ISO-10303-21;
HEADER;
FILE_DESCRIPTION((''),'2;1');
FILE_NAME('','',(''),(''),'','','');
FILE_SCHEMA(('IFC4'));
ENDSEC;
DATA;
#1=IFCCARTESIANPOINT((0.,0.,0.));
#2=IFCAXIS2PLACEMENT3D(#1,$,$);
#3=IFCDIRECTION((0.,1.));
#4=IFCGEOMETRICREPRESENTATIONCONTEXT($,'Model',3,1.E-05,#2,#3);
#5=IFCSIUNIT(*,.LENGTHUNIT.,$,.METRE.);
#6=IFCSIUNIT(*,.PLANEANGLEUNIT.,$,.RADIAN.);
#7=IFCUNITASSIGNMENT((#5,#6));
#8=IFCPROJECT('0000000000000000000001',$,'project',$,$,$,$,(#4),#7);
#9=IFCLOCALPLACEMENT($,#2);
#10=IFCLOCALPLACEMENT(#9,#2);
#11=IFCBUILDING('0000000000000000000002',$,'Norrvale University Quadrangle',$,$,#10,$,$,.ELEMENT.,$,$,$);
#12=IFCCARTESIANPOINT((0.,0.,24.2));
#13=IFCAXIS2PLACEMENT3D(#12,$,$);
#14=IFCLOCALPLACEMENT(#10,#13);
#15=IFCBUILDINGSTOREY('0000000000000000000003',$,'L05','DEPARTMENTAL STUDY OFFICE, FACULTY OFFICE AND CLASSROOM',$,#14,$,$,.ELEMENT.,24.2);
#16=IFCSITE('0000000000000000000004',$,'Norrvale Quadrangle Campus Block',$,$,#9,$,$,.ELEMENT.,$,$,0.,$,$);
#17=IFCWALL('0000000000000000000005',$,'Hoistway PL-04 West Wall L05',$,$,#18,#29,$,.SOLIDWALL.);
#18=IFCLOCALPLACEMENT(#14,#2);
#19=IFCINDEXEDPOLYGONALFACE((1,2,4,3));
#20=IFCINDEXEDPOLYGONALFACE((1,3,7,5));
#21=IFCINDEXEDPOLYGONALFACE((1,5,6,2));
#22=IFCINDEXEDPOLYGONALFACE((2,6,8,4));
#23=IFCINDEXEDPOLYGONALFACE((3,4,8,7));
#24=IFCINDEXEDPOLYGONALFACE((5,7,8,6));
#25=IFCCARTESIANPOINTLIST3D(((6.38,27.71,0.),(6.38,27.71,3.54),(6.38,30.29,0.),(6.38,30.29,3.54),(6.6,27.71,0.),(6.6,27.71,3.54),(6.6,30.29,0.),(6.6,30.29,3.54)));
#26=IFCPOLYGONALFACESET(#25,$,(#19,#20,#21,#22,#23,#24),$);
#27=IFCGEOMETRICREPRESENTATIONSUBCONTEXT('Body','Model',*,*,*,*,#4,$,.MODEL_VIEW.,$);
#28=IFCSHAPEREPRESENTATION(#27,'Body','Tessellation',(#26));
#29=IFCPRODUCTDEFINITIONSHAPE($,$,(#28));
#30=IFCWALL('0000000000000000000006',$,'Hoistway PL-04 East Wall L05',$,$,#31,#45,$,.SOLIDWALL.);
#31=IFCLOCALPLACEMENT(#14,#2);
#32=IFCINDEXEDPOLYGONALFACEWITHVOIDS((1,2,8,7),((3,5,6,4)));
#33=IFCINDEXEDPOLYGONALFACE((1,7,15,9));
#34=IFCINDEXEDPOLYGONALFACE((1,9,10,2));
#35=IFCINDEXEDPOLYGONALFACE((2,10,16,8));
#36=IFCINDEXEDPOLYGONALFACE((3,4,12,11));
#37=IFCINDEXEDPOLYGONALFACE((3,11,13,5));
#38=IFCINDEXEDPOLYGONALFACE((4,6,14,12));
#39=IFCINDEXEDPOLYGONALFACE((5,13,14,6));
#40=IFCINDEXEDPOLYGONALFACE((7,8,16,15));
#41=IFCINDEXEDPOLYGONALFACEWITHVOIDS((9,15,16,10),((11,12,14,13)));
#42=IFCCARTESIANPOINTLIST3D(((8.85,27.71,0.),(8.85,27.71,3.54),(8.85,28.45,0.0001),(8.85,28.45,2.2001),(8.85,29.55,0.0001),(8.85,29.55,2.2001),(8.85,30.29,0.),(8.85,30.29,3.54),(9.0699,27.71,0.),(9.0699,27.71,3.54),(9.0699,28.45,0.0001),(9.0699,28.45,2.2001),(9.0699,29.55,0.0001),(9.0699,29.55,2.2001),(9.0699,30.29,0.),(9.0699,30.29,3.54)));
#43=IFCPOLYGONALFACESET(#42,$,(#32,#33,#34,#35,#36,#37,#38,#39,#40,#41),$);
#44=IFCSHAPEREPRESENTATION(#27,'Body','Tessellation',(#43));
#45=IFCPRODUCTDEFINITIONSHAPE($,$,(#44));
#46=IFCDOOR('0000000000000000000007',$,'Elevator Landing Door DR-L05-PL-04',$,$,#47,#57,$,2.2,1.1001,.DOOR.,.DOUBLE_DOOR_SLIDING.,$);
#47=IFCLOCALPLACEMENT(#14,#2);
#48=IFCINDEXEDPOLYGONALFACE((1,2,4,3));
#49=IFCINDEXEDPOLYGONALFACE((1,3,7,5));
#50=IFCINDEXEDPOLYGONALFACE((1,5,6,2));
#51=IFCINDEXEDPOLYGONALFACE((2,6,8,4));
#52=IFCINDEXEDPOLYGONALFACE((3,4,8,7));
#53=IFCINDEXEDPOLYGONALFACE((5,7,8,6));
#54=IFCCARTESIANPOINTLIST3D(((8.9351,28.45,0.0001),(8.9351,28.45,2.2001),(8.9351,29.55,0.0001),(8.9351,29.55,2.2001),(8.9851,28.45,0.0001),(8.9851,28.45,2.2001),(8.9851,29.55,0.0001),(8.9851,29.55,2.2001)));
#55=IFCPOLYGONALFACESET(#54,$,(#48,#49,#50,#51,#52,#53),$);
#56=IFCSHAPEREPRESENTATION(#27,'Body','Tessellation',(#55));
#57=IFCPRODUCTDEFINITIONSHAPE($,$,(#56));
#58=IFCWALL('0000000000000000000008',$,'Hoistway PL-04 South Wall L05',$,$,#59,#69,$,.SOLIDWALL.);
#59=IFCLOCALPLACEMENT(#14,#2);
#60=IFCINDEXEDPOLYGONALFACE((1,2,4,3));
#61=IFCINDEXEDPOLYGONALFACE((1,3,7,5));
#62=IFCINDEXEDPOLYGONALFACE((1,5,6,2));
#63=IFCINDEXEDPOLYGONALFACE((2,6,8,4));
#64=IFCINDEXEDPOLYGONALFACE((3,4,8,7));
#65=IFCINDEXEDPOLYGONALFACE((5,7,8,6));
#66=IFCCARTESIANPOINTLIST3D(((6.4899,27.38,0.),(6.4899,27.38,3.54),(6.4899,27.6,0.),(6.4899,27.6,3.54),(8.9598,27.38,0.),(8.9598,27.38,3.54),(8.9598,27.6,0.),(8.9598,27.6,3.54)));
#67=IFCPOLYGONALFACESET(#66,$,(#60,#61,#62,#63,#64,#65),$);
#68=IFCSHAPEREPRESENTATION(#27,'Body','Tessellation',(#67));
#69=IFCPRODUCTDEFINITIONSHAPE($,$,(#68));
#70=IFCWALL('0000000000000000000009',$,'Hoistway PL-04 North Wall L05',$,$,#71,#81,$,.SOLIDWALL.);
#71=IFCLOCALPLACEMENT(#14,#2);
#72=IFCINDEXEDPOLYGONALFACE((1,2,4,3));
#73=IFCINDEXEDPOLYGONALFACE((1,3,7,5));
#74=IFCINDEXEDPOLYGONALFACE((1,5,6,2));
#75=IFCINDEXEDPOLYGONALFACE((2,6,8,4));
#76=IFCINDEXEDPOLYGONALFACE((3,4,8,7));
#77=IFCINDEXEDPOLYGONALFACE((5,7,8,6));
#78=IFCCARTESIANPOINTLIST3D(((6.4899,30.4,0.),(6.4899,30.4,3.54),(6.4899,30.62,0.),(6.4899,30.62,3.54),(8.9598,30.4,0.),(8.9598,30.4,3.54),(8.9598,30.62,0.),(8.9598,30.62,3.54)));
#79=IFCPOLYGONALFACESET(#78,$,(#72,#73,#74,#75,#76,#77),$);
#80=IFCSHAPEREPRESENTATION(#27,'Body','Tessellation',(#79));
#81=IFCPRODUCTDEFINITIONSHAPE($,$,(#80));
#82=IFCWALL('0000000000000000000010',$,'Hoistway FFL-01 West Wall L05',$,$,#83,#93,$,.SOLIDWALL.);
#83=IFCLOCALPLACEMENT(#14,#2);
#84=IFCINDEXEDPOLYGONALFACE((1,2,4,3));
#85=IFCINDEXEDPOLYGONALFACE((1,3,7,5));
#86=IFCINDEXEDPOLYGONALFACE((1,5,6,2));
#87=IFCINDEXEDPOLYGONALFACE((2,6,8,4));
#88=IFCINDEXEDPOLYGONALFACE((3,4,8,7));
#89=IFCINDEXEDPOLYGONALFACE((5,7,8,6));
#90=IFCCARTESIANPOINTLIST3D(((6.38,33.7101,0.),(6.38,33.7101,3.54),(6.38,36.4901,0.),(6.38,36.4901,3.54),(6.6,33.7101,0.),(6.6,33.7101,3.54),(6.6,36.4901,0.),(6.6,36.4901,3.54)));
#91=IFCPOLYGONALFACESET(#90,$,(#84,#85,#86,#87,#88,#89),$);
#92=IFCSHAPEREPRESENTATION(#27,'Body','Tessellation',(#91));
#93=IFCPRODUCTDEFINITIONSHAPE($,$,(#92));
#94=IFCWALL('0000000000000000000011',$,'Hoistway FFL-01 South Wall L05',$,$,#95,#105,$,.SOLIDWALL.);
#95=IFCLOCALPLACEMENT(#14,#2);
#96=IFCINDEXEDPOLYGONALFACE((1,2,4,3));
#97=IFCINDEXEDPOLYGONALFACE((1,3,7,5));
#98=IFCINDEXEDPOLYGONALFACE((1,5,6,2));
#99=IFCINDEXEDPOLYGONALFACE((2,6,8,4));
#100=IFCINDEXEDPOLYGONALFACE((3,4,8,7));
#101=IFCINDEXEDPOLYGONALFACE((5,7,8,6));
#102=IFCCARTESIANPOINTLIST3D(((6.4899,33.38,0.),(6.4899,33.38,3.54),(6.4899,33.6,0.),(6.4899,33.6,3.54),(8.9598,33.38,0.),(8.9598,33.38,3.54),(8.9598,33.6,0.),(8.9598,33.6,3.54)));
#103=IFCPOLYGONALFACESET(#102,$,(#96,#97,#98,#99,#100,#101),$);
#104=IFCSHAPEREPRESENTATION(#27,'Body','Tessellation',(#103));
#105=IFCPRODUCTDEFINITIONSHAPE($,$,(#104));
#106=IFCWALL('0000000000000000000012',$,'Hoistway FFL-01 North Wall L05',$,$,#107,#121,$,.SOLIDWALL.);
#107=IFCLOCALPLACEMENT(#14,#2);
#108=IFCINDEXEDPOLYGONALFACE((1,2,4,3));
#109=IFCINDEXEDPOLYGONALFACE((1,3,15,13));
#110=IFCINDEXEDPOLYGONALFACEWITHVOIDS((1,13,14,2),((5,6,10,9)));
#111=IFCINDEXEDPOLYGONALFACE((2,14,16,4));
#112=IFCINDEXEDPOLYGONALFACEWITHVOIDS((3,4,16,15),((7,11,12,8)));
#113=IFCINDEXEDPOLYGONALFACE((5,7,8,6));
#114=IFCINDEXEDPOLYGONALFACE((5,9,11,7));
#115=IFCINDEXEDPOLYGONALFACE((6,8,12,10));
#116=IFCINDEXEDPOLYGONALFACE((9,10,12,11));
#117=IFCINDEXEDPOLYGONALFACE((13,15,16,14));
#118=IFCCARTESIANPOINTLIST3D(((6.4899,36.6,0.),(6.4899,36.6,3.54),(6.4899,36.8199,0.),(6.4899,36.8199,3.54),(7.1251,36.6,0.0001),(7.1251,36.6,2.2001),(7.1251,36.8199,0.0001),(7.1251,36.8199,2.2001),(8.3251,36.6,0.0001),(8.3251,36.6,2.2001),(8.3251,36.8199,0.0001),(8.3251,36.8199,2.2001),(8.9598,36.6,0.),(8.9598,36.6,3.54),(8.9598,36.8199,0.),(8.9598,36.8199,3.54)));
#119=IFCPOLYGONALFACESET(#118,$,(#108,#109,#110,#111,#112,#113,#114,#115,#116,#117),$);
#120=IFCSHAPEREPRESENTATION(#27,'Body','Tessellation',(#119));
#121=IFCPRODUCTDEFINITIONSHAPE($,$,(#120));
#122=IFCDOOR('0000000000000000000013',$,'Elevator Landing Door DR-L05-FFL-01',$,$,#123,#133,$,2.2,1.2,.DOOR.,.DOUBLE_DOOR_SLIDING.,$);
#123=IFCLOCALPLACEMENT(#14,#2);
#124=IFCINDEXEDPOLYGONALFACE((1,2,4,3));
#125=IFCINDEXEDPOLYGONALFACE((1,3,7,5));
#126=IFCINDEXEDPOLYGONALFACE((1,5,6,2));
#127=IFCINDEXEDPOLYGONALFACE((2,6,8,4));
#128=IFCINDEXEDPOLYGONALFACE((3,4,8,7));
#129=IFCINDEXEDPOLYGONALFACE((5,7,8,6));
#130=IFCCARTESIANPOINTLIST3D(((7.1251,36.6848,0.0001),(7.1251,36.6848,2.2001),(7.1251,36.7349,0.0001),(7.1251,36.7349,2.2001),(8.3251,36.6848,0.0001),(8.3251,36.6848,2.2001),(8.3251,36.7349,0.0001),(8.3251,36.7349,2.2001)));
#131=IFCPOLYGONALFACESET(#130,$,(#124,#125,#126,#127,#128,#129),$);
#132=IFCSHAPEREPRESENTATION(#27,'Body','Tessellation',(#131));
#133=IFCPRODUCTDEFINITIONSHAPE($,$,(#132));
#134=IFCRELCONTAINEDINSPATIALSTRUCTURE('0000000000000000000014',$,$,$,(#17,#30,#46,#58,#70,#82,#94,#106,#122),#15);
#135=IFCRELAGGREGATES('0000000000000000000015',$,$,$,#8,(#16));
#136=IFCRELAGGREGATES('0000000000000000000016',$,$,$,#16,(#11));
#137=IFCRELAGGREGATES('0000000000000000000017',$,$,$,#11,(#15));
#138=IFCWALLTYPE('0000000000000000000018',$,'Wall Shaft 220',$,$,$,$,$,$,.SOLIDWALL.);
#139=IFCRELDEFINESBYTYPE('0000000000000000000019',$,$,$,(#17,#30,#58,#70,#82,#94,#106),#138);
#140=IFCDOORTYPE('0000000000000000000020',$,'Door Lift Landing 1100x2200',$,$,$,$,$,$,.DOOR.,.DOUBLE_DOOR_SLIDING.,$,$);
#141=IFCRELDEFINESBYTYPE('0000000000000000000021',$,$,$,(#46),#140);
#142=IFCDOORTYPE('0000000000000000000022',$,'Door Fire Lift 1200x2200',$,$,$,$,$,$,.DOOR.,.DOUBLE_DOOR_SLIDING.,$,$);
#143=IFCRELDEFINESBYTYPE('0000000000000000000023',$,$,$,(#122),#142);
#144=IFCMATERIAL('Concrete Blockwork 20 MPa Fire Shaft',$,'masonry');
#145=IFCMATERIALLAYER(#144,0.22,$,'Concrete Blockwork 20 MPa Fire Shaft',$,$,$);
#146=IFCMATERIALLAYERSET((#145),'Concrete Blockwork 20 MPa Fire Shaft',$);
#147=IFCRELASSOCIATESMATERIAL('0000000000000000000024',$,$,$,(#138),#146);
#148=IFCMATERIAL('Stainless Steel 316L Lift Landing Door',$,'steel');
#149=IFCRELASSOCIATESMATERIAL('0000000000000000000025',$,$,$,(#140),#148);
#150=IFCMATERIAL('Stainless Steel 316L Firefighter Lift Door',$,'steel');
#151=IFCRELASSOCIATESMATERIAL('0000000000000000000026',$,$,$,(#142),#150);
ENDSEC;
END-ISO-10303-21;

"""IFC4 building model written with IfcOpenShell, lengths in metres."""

from ifc_helpers import new_model, si_unit, direction, frame, frame_2d, origin, place, context, subcontext, project, spatial, rectangle, extrude, material, layer, layer_set, type_object, element, fill, save


model = new_model("IFC4")

# Units and contexts
model_context = context("Model", 3, precision=1e-05, world=origin(), true_north=direction((0.0, 1.0)))
body_context = subcontext(model_context, "Body", "Model", "MODEL_VIEW")
ifc_project = project(units=[si_unit("LENGTHUNIT", "METRE"), si_unit("PLANEANGLEUNIT", "RADIAN")], contexts=[model_context])

# Site, building, storey
site_placement = place(None, origin())
site = spatial("IfcSite", under=ifc_project, at=site_placement, Name="Norrvale Quadrangle Campus Block", CompositionType="ELEMENT", RefElevation=0.0)
building_placement = place(site_placement, origin())
building = spatial("IfcBuilding", under=site, at=building_placement, Name="Norrvale University Quadrangle", CompositionType="ELEMENT")
storey_placement = place(building_placement, frame((0.0, 0.0, 24.2)))
storey = spatial("IfcBuildingStorey", under=building, at=storey_placement, Name="L05", Description="DEPARTMENTAL STUDY OFFICE, FACULTY OFFICE AND CLASSROOM", CompositionType="ELEMENT", Elevation=24.2)

# Shared definitions
ifc_material_1 = material(Name="Concrete Blockwork 20 MPa Fire Shaft", Category="masonry")
ifc_layer_1 = layer(ifc_material_1, 0.22, Name="Concrete Blockwork 20 MPa Fire Shaft")
ifc_layer_set_1 = layer_set([ifc_layer_1], Name="Concrete Blockwork 20 MPa Fire Shaft")
wall_type_1 = type_object("IfcWallType", Name="Wall Shaft 220", PredefinedType="SOLIDWALL", material=ifc_layer_set_1)
ifc_material_2 = material(Name="Stainless Steel 316L Lift Landing Door", Category="steel")
door_type_1 = type_object("IfcDoorType", Name="Door Lift Landing 1100x2200", OperationType="DOUBLE_DOOR_SLIDING", PredefinedType="DOOR", material=ifc_material_2)

# Wall
wall_1_placement = place(storey_placement, frame((6.49, 27.71, 0.0), z_axis=(0.0, 0.0, 1.0), x_axis=(0.0, 1.0, 0.0)))
element("IfcWall", 1, at=wall_1_placement, inside=storey, type_object=wall_type_1, Name="Hoistway PL-04 West Wall L05", PredefinedType="SOLIDWALL", context=body_context, shape_type="SweptSolid", body=[
    extrude(rectangle(XDim=2.5801, YDim=0.22, at=frame_2d((1.29, 0.0))), origin(), (0.0, 0.0, 1.0), 3.54),
])

# Wall, opening, door
wall_2_placement = place(storey_placement, frame((8.96, 27.71, 0.0), z_axis=(0.0, 0.0, 1.0), x_axis=(0.0, 1.0, 0.0)))
wall_2 = element("IfcWall", 2, at=wall_2_placement, inside=storey, type_object=wall_type_1, Name="Hoistway PL-04 East Wall L05", PredefinedType="SOLIDWALL", context=body_context, shape_type="SweptSolid", body=[
    extrude(rectangle(XDim=2.5801, YDim=0.22, at=frame_2d((1.29, 0.0))), origin(), (0.0, 0.0, 1.0), 3.54),
])
opening_1_placement = place(wall_2_placement, frame((0.74, 0.0, 0.0)))
opening_1 = element("IfcOpeningElement", 3, at=opening_1_placement, cuts=wall_2, PredefinedType="OPENING", context=body_context, shape_type="SweptSolid", body=[
    extrude(rectangle(XDim=1.1001, YDim=2.2, at=frame_2d((0.55, 1.1001))), frame((0.0, 0.1221, 0.0), z_axis=(0.0, -1.0, 0.0), x_axis=(1.0, 0.0, 0.0)), (0.0, 0.0, 1.0), 0.2439),
])
door_1_placement = place(opening_1_placement, origin())
door_1 = element("IfcDoor", 4, at=door_1_placement, inside=storey, type_object=door_type_1, Name="Elevator Landing Door DR-L05-PL-04", OperationType="DOUBLE_DOOR_SLIDING", OverallHeight=2.2, OverallWidth=1.1001, PredefinedType="DOOR", context=body_context, shape_type="SweptSolid", body=[
    extrude(rectangle(XDim=1.1001, YDim=2.2, at=frame_2d((0.55, 1.1001))), frame((0.0, 0.0249, 0.0), z_axis=(0.0, -1.0, 0.0), x_axis=(1.0, 0.0, 0.0)), (0.0, 0.0, 1.0), 0.05),
])
fill(opening_1, door_1)

# Walls
for number, where, z_axis, x_axis, name in (
    (5, (6.49, 27.49, 0.0), (0.0, 0.0, 1.0), (1.0, 0.0, 0.0), "Hoistway PL-04 South Wall L05"),
    (6, (6.49, 30.51, 0.0), (0.0, 0.0, 1.0), (1.0, 0.0, 0.0), "Hoistway PL-04 North Wall L05"),
):
    element("IfcWall", number, at=place(storey_placement, frame(where, z_axis=z_axis, x_axis=x_axis)), inside=storey, type_object=wall_type_1, Name=name, PredefinedType="SOLIDWALL", context=body_context, shape_type="SweptSolid", body=[
        extrude(rectangle(XDim=2.47, YDim=0.22, at=frame_2d((1.2349, 0.0))), origin(), (0.0, 0.0, 1.0), 3.54),
    ])
wall_3_placement = place(storey_placement, frame((6.49, 33.71, 0.0), z_axis=(0.0, 0.0, 1.0), x_axis=(0.0, 1.0, 0.0)))
element("IfcWall", 7, at=wall_3_placement, inside=storey, type_object=wall_type_1, Name="Hoistway FFL-01 West Wall L05", PredefinedType="SOLIDWALL", context=body_context, shape_type="SweptSolid", body=[
    extrude(rectangle(XDim=2.78, YDim=0.22, at=frame_2d((1.3901, 0.0))), origin(), (0.0, 0.0, 1.0), 3.54),
])
wall_4_placement = place(storey_placement, frame((6.49, 33.49, 0.0), z_axis=(0.0, 0.0, 1.0), x_axis=(1.0, 0.0, 0.0)))
element("IfcWall", 8, at=wall_4_placement, inside=storey, type_object=wall_type_1, Name="Hoistway FFL-01 South Wall L05", PredefinedType="SOLIDWALL", context=body_context, shape_type="SweptSolid", body=[
    extrude(rectangle(XDim=2.47, YDim=0.22, at=frame_2d((1.2349, 0.0))), origin(), (0.0, 0.0, 1.0), 3.54),
])

# Wall, opening, door
wall_5_placement = place(storey_placement, frame((6.49, 36.71, 0.0), z_axis=(0.0, 0.0, 1.0), x_axis=(1.0, 0.0, 0.0)))
wall_5 = element("IfcWall", 9, at=wall_5_placement, inside=storey, type_object=wall_type_1, Name="Hoistway FFL-01 North Wall L05", PredefinedType="SOLIDWALL", context=body_context, shape_type="SweptSolid", body=[
    extrude(rectangle(XDim=2.47, YDim=0.22, at=frame_2d((1.2349, 0.0))), origin(), (0.0, 0.0, 1.0), 3.54),
])
opening_2_placement = place(wall_5_placement, frame((0.635, 0.0, 0.0)))
opening_2 = element("IfcOpeningElement", 10, at=opening_2_placement, cuts=wall_5, PredefinedType="OPENING", context=body_context, shape_type="SweptSolid", body=[
    extrude(rectangle(XDim=1.2, YDim=2.2, at=frame_2d((0.6001, 1.1001))), frame((0.0, 0.1221, 0.0), z_axis=(0.0, -1.0, 0.0), x_axis=(1.0, 0.0, 0.0)), (0.0, 0.0, 1.0), 0.2439),
])
ifc_material_3 = material(Name="Stainless Steel 316L Firefighter Lift Door", Category="steel")
door_type_2 = type_object("IfcDoorType", Name="Door Fire Lift 1200x2200", OperationType="DOUBLE_DOOR_SLIDING", PredefinedType="DOOR", material=ifc_material_3)
door_2_placement = place(opening_2_placement, origin())
door_2 = element("IfcDoor", 11, at=door_2_placement, inside=storey, type_object=door_type_2, Name="Elevator Landing Door DR-L05-FFL-01", OperationType="DOUBLE_DOOR_SLIDING", OverallHeight=2.2, OverallWidth=1.2, PredefinedType="DOOR", context=body_context, shape_type="SweptSolid", body=[
    extrude(rectangle(XDim=1.2, YDim=2.2, at=frame_2d((0.6001, 1.1001))), frame((0.0, 0.0249, 0.0), z_axis=(0.0, -1.0, 0.0), x_axis=(1.0, 0.0, 0.0)), (0.0, 0.0, 1.0), 0.05),
])
fill(opening_2, door_2)

save(model, "model.ifc")
